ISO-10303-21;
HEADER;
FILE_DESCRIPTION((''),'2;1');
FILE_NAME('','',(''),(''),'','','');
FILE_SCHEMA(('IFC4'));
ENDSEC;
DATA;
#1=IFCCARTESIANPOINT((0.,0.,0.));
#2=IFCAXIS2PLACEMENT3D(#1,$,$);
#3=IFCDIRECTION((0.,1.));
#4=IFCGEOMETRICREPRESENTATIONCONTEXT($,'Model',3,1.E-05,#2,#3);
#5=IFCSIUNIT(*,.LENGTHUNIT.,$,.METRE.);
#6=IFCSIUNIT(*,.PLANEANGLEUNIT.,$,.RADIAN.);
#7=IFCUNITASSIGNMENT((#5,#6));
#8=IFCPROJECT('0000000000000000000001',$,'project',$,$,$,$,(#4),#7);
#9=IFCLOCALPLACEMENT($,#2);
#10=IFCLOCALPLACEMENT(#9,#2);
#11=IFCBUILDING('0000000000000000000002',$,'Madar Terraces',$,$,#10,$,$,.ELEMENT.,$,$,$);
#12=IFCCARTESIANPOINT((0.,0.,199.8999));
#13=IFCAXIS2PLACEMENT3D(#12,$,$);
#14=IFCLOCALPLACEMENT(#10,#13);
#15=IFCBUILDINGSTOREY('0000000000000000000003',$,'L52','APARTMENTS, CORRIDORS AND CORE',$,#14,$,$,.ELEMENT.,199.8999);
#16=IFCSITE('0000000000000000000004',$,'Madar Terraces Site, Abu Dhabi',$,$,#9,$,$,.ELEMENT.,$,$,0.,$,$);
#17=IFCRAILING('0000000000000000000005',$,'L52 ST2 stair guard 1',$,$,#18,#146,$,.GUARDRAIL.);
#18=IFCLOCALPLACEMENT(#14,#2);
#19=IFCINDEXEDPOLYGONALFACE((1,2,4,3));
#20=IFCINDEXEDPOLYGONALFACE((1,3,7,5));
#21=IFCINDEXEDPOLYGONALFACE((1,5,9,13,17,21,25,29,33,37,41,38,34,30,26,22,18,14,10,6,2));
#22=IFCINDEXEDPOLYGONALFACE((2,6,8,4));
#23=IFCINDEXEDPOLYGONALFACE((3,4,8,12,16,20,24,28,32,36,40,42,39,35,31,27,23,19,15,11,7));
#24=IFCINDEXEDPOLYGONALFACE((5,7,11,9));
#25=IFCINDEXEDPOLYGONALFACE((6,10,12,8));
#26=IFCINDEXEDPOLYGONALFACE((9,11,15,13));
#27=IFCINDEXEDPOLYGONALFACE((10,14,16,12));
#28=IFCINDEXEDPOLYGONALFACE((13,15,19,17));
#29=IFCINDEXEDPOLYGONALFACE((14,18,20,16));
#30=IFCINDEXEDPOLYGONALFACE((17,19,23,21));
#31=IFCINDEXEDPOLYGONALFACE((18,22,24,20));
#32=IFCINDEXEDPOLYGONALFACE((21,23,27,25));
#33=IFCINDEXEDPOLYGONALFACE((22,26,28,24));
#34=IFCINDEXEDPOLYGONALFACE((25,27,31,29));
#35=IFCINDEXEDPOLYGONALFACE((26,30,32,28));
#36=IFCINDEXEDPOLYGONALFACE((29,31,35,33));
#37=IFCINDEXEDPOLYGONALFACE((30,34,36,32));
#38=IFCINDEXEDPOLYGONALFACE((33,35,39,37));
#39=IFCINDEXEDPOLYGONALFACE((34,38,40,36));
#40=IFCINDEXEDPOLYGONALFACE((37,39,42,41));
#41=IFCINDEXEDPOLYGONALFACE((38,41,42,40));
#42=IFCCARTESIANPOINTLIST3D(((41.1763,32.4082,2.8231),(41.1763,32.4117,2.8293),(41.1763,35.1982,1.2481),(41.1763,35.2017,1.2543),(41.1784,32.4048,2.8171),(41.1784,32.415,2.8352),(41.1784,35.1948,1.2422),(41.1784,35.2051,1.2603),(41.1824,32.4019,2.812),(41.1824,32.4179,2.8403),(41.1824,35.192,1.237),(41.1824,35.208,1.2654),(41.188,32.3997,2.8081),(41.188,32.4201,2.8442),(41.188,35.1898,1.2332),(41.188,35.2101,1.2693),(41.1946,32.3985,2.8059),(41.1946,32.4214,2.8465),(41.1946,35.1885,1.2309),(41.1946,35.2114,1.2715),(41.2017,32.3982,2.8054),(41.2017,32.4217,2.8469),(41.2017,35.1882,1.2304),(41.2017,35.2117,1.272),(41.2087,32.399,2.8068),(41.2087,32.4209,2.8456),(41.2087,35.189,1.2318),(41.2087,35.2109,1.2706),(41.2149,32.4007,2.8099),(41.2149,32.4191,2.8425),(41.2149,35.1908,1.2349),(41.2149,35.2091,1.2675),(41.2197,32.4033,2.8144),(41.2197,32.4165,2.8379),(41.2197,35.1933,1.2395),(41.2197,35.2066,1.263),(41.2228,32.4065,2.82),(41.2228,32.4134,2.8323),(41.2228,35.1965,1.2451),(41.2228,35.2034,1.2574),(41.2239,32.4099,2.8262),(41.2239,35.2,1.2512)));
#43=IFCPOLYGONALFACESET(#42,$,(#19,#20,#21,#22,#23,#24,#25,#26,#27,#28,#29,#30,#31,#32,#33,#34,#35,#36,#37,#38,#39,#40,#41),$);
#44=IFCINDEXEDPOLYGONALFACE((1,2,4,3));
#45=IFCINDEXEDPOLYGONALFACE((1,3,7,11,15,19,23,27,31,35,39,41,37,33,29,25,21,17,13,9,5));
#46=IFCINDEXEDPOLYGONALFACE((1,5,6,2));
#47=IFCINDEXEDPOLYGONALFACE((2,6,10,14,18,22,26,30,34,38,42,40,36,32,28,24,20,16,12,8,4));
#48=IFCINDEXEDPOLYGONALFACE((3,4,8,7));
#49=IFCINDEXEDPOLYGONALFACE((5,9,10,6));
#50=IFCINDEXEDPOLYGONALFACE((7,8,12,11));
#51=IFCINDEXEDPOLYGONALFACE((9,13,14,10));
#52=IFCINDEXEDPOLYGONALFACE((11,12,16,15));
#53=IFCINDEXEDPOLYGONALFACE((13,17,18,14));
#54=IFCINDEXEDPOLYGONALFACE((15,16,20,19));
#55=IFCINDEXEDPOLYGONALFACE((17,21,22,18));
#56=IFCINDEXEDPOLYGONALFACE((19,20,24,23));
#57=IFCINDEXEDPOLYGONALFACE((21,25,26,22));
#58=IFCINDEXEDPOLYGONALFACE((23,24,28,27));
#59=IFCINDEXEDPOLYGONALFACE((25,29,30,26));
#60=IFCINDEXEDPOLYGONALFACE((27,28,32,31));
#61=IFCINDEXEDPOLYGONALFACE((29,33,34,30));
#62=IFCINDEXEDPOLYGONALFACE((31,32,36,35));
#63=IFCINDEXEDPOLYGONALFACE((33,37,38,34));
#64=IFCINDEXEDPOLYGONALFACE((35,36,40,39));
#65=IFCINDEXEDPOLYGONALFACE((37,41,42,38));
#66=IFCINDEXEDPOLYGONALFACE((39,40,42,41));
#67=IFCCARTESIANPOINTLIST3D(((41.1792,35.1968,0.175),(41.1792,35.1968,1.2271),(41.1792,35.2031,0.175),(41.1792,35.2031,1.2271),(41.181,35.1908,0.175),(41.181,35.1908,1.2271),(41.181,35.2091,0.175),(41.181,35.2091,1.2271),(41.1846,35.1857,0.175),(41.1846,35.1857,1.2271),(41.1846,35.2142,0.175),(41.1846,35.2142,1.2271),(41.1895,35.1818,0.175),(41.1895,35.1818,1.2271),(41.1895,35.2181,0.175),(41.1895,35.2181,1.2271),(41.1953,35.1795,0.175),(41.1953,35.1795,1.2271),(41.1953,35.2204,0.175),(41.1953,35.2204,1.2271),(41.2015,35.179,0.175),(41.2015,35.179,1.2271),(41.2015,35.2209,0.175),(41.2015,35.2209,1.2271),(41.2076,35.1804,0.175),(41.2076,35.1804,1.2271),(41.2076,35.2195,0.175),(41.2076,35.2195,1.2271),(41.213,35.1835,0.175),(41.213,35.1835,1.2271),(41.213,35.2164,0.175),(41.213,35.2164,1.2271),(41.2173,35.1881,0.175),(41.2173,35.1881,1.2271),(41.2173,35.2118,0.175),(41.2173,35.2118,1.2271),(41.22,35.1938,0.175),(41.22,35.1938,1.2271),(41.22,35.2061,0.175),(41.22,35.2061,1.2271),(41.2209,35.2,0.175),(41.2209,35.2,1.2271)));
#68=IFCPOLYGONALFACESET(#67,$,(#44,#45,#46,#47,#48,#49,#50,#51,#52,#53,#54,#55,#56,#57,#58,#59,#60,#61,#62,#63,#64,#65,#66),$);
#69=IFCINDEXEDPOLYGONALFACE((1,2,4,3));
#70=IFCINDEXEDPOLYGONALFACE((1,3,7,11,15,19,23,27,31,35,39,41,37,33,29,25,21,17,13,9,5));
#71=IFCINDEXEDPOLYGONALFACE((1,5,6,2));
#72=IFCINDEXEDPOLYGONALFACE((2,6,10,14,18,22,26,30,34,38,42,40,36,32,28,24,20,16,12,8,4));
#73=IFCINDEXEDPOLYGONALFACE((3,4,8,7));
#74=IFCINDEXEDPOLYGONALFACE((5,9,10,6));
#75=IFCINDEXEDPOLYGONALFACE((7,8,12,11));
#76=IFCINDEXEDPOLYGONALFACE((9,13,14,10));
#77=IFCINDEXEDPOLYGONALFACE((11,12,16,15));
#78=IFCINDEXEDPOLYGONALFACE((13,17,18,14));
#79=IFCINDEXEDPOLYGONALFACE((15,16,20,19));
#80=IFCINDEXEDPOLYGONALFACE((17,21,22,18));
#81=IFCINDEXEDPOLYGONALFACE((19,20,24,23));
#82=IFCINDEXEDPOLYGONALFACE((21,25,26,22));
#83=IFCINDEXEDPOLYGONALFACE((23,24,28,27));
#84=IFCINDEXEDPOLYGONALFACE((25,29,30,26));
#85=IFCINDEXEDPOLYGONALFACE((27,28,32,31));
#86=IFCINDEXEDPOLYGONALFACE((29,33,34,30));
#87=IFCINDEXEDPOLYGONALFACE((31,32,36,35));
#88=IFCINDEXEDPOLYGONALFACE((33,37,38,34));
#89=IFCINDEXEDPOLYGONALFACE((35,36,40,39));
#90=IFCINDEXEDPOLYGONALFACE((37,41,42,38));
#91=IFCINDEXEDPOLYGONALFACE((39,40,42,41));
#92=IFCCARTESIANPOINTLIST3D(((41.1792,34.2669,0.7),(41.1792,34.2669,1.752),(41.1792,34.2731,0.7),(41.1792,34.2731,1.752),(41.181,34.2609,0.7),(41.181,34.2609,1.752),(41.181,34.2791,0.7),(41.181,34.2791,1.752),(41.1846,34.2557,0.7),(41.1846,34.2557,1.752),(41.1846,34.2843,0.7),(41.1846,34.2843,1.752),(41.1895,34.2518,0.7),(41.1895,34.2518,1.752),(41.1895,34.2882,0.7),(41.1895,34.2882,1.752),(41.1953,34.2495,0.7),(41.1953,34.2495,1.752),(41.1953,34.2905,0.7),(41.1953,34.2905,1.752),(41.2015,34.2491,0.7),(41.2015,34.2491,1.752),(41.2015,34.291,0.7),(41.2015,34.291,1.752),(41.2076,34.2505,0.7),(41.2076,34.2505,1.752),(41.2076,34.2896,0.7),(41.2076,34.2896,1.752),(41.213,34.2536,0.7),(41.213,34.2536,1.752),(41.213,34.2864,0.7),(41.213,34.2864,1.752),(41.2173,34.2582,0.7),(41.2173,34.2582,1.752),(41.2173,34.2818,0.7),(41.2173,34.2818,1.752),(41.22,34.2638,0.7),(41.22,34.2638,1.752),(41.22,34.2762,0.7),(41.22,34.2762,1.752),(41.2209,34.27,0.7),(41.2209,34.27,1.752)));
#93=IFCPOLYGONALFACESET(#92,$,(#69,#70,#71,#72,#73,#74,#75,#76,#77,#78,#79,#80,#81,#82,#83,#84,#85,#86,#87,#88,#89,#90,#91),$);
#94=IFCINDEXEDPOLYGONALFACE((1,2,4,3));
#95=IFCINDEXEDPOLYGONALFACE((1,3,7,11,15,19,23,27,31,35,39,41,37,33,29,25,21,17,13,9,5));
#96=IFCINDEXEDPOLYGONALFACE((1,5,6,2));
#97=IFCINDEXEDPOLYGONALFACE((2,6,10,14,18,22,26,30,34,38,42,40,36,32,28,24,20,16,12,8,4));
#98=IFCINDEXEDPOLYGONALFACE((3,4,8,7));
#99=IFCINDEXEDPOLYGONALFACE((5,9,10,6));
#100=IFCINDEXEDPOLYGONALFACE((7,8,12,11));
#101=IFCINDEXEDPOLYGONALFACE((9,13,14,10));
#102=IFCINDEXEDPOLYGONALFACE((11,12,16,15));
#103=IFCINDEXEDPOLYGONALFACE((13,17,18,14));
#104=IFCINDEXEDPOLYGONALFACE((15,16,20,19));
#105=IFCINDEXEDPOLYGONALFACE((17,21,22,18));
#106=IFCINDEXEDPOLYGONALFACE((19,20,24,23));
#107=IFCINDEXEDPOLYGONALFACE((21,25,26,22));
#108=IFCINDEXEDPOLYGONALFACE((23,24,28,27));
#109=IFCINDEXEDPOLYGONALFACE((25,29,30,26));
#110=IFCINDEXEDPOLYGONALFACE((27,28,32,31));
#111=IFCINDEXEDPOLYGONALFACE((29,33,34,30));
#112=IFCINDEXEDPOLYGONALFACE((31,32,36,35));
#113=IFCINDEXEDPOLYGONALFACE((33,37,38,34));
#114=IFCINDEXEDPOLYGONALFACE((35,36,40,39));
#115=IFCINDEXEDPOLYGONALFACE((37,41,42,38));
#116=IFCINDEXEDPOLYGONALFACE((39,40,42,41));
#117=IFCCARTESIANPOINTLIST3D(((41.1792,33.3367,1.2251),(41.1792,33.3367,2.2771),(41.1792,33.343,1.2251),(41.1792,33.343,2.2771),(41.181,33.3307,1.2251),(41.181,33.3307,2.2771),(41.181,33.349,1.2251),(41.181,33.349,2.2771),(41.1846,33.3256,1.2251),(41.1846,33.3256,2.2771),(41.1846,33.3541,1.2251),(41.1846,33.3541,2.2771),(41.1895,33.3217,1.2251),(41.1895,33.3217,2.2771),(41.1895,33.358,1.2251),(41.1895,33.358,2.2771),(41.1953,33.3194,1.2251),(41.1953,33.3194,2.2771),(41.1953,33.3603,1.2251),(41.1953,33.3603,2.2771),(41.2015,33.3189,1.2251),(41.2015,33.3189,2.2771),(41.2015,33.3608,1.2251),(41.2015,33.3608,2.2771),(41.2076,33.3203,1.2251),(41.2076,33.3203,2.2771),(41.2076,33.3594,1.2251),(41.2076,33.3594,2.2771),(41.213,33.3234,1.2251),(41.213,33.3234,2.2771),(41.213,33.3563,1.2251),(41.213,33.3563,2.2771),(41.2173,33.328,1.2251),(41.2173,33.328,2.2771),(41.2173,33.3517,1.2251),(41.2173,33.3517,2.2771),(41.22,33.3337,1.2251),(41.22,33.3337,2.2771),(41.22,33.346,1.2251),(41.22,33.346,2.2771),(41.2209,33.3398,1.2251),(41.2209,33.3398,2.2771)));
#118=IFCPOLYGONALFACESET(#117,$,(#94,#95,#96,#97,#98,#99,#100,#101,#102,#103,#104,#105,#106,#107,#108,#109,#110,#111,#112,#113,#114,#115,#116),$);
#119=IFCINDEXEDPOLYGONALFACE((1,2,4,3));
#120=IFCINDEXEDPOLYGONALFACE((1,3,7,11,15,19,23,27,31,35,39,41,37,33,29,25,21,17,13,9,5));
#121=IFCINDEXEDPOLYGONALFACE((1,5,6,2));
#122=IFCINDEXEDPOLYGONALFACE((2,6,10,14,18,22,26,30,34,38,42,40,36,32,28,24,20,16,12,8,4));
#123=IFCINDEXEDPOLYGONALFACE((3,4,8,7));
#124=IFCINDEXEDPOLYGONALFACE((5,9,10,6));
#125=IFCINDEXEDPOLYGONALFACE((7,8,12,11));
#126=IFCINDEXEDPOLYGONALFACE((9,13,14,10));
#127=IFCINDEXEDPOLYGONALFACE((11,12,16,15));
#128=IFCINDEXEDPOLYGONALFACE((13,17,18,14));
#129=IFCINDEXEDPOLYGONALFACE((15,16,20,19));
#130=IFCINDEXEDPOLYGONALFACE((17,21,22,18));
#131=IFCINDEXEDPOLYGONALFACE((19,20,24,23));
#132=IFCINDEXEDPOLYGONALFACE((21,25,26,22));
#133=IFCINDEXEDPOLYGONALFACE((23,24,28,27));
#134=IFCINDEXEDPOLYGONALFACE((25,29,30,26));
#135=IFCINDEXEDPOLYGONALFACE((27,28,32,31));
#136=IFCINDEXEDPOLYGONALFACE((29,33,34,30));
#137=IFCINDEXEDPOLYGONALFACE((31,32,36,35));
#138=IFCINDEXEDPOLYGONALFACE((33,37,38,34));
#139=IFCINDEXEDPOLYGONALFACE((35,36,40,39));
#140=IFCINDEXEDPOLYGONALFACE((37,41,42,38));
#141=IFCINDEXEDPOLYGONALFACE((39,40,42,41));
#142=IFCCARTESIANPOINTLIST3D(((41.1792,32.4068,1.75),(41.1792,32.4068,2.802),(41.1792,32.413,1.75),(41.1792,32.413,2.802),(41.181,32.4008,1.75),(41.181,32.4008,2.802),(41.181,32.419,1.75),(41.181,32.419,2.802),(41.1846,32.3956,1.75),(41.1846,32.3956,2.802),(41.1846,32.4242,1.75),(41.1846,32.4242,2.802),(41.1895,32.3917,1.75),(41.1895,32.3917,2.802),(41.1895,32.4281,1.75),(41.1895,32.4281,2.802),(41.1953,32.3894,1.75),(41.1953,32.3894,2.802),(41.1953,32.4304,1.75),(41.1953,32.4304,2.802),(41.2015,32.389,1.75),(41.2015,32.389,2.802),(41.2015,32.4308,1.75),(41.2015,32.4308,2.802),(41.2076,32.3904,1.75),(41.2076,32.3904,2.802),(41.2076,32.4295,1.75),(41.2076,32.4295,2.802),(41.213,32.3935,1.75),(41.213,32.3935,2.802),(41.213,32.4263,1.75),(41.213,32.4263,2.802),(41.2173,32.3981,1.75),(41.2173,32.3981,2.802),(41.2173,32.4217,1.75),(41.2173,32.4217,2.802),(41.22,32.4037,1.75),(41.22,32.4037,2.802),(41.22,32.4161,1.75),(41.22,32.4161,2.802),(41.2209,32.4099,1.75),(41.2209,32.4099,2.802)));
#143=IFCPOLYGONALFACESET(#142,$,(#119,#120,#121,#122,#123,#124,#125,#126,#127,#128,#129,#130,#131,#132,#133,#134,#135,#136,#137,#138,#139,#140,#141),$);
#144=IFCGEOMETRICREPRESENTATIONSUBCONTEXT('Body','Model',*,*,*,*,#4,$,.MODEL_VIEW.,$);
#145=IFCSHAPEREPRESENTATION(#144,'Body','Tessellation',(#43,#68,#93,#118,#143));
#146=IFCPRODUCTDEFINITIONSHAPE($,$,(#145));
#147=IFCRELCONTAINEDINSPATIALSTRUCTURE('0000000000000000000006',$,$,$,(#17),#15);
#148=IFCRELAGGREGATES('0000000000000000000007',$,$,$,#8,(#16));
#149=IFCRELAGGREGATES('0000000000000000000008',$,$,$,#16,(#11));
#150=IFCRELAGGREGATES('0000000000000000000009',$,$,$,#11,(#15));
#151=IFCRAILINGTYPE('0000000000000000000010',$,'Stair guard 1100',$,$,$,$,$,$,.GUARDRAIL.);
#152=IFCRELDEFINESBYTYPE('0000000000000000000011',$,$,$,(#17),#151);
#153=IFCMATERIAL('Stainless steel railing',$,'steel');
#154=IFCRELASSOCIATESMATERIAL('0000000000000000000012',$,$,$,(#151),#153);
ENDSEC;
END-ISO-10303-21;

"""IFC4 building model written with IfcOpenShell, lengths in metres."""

from ifc_helpers import new_model, si_unit, direction, frame, origin, origin_2d, place, context, subcontext, project, spatial, circle, extrude, material, type_object, element, save


model = new_model("IFC4")

# Units and contexts
model_context = context("Model", 3, precision=1e-05, world=origin(), true_north=direction((0.0, 1.0)))
body_context = subcontext(model_context, "Body", "Model", "MODEL_VIEW")
ifc_project = project(units=[si_unit("LENGTHUNIT", "METRE"), si_unit("PLANEANGLEUNIT", "RADIAN")], contexts=[model_context])

# Site, building, storey
site_placement = place(None, origin())
site = spatial("IfcSite", under=ifc_project, at=site_placement, Name="Madar Terraces Site, Abu Dhabi", CompositionType="ELEMENT", RefElevation=0.0)
building_placement = place(site_placement, origin())
building = spatial("IfcBuilding", under=site, at=building_placement, Name="Madar Terraces", CompositionType="ELEMENT")
storey_placement = place(building_placement, frame((0.0, 0.0, 199.8999)))
storey = spatial("IfcBuildingStorey", under=building, at=storey_placement, Name="L52", Description="APARTMENTS, CORRIDORS AND CORE", CompositionType="ELEMENT", Elevation=199.8999)

# Railing
ifc_material_1 = material(Name="Stainless steel railing", Category="steel")
railing_type_1 = type_object("IfcRailingType", Name="Stair guard 1100", PredefinedType="GUARDRAIL", material=ifc_material_1)
railing_1_placement = place(storey_placement, frame((41.2, 35.2, 0.175)))
element("IfcRailing", 1, at=railing_1_placement, inside=storey, type_object=railing_type_1, Name="L52 ST2 stair guard 1", PredefinedType="GUARDRAIL", context=body_context, shape_type="SweptSolid", body=[
    extrude(circle(Radius=0.0239, at=origin_2d()), frame((0.0, 0.0, 1.0762), z_axis=(0.0, -0.870834, 0.491578), x_axis=(1.0, 0.0, 0.0)), (0.0, 0.0, 1.0), 3.2039),
    extrude(circle(Radius=0.021, at=origin_2d()), origin(), (0.0, 0.0, 1.0), 1.052),
    extrude(circle(Radius=0.021, at=origin_2d()), frame((0.0, -0.9299, 0.5249)), (0.0, 0.0, 1.0), 1.052),
    extrude(circle(Radius=0.021, at=origin_2d()), frame((0.0, -1.8601, 1.05)), (0.0, 0.0, 1.0), 1.052),
    extrude(circle(Radius=0.021, at=origin_2d()), frame((0.0, -2.79, 1.575)), (0.0, 0.0, 1.0), 1.052),
])

save(model, "model.ifc")
